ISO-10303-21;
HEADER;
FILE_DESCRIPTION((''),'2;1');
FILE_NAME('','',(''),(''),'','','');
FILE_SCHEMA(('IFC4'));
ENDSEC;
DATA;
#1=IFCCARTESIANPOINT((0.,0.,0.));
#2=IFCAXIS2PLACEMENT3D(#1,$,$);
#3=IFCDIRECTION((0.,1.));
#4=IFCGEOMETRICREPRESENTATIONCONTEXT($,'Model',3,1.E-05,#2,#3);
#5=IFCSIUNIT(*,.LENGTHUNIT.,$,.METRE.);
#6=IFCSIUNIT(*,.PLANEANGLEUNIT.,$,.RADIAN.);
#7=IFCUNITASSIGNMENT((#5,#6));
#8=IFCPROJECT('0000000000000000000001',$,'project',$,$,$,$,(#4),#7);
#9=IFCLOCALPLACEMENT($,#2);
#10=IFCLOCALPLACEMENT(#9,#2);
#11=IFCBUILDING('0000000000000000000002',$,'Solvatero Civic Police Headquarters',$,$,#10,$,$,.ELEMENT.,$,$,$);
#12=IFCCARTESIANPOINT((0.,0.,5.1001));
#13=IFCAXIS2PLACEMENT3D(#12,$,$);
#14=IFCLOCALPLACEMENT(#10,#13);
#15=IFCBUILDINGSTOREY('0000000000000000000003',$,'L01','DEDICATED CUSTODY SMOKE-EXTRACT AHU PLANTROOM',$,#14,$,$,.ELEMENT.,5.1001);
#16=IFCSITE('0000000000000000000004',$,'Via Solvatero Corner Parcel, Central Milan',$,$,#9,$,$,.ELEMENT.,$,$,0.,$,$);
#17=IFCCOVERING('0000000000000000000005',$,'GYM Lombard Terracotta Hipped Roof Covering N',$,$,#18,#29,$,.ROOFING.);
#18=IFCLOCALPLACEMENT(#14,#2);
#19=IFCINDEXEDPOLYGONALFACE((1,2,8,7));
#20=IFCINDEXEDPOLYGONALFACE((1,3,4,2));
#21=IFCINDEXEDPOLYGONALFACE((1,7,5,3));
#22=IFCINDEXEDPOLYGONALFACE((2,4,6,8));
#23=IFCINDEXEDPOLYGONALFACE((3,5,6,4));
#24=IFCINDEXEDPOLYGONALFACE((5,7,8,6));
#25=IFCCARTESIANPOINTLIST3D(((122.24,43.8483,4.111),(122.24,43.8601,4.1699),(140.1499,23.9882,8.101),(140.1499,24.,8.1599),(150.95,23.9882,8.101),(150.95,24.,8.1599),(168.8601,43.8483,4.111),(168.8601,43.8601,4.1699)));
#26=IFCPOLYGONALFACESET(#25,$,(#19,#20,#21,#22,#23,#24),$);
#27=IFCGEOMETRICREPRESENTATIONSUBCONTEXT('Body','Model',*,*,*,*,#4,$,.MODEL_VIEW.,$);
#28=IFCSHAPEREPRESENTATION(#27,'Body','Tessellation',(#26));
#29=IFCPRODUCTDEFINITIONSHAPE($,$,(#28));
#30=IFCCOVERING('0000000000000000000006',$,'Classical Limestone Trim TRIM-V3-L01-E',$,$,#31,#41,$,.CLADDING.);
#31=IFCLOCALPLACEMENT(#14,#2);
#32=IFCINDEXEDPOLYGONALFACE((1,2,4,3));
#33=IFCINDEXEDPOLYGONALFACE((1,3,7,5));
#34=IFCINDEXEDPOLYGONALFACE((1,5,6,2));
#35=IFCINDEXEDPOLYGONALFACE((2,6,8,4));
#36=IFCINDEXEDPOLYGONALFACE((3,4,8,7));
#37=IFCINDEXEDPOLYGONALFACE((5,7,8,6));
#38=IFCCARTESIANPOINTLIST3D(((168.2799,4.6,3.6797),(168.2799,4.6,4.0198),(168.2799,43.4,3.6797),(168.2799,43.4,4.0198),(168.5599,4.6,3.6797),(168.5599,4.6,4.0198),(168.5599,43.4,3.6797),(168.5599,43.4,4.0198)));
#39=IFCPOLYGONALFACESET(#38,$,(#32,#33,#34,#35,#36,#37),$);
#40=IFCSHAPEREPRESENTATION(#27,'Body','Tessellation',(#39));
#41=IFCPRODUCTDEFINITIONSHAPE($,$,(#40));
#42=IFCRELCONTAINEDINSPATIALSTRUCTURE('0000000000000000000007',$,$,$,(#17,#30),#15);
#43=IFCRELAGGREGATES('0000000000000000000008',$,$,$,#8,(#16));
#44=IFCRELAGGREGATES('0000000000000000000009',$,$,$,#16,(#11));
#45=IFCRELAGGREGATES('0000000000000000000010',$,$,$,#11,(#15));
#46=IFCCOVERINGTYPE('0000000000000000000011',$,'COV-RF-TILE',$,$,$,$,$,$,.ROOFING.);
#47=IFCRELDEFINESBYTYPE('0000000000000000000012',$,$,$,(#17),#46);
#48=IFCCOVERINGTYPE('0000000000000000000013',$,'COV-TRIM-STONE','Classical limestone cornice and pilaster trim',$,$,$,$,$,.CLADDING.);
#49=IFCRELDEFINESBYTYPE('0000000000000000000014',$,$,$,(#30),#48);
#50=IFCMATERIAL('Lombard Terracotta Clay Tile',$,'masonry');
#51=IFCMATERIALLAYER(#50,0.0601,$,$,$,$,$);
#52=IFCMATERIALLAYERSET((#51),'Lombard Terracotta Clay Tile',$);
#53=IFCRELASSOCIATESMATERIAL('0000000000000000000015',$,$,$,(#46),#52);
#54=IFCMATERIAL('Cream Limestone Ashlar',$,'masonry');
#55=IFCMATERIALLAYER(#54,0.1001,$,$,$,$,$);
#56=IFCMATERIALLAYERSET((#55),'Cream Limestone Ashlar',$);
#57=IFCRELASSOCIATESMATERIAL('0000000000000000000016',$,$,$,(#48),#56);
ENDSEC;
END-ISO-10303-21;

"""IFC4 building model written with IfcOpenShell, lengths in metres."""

from ifc_helpers import new_model, si_unit, direction, frame, origin, origin_2d, place, context, subcontext, project, spatial, polyline, rectangle, outline, extrude, material, layer, layer_set, type_object, element, save


model = new_model("IFC4")

# Units and contexts
model_context = context("Model", 3, precision=1e-05, world=origin(), true_north=direction((0.0, 1.0)))
body_context = subcontext(model_context, "Body", "Model", "MODEL_VIEW")
ifc_project = project(units=[si_unit("LENGTHUNIT", "METRE"), si_unit("PLANEANGLEUNIT", "RADIAN")], contexts=[model_context])

# Site, building, storey
site_placement = place(None, origin())
site = spatial("IfcSite", under=ifc_project, at=site_placement, Name="Via Solvatero Corner Parcel, Central Milan", CompositionType="ELEMENT", RefElevation=0.0)
building_placement = place(site_placement, origin())
building = spatial("IfcBuilding", under=site, at=building_placement, Name="Solvatero Civic Police Headquarters", CompositionType="ELEMENT")
storey_placement = place(building_placement, frame((0.0, 0.0, 5.1001)))
storey = spatial("IfcBuildingStorey", under=building, at=storey_placement, Name="L01", Description="DEDICATED CUSTODY SMOKE-EXTRACT AHU PLANTROOM", CompositionType="ELEMENT", Elevation=5.1001)

# Coverings
ifc_material_1 = material(Name="Lombard Terracotta Clay Tile", Category="masonry")
ifc_layer_1 = layer(ifc_material_1, 0.0601)
ifc_layer_set_1 = layer_set([ifc_layer_1], Name="Lombard Terracotta Clay Tile")
covering_type_1 = type_object("IfcCoveringType", Name="COV-RF-TILE", PredefinedType="ROOFING", material=ifc_layer_set_1)
covering_1_placement = place(storey_placement, frame((168.8601, 43.8601, 4.1699), z_axis=(0.0, 0.196969, 0.98041), x_axis=(-1.0, 0.0, 0.0)))
element("IfcCovering", 1, at=covering_1_placement, inside=storey, type_object=covering_type_1, Name="GYM Lombard Terracotta Hipped Roof Covering N", PredefinedType="ROOFING", context=body_context, shape_type="SweptSolid", body=[
    extrude(outline(polyline([(0.0, 0.0), (46.6201, 0.0), (28.7102, 20.2569), (17.9102, 20.2569), (0.0, 0.0)])), origin(), (0.0, 0.0, -1.0), 0.0601),
])
ifc_material_2 = material(Name="Cream Limestone Ashlar", Category="masonry")
ifc_layer_2 = layer(ifc_material_2, 0.1001)
ifc_layer_set_2 = layer_set([ifc_layer_2], Name="Cream Limestone Ashlar")
covering_type_2 = type_object("IfcCoveringType", Name="COV-TRIM-STONE", Description="Classical limestone cornice and pilaster trim", PredefinedType="CLADDING", material=ifc_layer_set_2)
covering_2_placement = place(storey_placement, frame((168.4199, 24.0, 3.6797), z_axis=(0.0, 0.0, 1.0), x_axis=(1.0, 0.0, 0.0)))
element("IfcCovering", 2, at=covering_2_placement, inside=storey, type_object=covering_type_2, Name="Classical Limestone Trim TRIM-V3-L01-E", PredefinedType="CLADDING", context=body_context, shape_type="SweptSolid", body=[
    extrude(rectangle(XDim=0.28, YDim=38.8, at=origin_2d()), origin(), (0.0, 0.0, 1.0), 0.3401),
])

save(model, "model.ifc")
